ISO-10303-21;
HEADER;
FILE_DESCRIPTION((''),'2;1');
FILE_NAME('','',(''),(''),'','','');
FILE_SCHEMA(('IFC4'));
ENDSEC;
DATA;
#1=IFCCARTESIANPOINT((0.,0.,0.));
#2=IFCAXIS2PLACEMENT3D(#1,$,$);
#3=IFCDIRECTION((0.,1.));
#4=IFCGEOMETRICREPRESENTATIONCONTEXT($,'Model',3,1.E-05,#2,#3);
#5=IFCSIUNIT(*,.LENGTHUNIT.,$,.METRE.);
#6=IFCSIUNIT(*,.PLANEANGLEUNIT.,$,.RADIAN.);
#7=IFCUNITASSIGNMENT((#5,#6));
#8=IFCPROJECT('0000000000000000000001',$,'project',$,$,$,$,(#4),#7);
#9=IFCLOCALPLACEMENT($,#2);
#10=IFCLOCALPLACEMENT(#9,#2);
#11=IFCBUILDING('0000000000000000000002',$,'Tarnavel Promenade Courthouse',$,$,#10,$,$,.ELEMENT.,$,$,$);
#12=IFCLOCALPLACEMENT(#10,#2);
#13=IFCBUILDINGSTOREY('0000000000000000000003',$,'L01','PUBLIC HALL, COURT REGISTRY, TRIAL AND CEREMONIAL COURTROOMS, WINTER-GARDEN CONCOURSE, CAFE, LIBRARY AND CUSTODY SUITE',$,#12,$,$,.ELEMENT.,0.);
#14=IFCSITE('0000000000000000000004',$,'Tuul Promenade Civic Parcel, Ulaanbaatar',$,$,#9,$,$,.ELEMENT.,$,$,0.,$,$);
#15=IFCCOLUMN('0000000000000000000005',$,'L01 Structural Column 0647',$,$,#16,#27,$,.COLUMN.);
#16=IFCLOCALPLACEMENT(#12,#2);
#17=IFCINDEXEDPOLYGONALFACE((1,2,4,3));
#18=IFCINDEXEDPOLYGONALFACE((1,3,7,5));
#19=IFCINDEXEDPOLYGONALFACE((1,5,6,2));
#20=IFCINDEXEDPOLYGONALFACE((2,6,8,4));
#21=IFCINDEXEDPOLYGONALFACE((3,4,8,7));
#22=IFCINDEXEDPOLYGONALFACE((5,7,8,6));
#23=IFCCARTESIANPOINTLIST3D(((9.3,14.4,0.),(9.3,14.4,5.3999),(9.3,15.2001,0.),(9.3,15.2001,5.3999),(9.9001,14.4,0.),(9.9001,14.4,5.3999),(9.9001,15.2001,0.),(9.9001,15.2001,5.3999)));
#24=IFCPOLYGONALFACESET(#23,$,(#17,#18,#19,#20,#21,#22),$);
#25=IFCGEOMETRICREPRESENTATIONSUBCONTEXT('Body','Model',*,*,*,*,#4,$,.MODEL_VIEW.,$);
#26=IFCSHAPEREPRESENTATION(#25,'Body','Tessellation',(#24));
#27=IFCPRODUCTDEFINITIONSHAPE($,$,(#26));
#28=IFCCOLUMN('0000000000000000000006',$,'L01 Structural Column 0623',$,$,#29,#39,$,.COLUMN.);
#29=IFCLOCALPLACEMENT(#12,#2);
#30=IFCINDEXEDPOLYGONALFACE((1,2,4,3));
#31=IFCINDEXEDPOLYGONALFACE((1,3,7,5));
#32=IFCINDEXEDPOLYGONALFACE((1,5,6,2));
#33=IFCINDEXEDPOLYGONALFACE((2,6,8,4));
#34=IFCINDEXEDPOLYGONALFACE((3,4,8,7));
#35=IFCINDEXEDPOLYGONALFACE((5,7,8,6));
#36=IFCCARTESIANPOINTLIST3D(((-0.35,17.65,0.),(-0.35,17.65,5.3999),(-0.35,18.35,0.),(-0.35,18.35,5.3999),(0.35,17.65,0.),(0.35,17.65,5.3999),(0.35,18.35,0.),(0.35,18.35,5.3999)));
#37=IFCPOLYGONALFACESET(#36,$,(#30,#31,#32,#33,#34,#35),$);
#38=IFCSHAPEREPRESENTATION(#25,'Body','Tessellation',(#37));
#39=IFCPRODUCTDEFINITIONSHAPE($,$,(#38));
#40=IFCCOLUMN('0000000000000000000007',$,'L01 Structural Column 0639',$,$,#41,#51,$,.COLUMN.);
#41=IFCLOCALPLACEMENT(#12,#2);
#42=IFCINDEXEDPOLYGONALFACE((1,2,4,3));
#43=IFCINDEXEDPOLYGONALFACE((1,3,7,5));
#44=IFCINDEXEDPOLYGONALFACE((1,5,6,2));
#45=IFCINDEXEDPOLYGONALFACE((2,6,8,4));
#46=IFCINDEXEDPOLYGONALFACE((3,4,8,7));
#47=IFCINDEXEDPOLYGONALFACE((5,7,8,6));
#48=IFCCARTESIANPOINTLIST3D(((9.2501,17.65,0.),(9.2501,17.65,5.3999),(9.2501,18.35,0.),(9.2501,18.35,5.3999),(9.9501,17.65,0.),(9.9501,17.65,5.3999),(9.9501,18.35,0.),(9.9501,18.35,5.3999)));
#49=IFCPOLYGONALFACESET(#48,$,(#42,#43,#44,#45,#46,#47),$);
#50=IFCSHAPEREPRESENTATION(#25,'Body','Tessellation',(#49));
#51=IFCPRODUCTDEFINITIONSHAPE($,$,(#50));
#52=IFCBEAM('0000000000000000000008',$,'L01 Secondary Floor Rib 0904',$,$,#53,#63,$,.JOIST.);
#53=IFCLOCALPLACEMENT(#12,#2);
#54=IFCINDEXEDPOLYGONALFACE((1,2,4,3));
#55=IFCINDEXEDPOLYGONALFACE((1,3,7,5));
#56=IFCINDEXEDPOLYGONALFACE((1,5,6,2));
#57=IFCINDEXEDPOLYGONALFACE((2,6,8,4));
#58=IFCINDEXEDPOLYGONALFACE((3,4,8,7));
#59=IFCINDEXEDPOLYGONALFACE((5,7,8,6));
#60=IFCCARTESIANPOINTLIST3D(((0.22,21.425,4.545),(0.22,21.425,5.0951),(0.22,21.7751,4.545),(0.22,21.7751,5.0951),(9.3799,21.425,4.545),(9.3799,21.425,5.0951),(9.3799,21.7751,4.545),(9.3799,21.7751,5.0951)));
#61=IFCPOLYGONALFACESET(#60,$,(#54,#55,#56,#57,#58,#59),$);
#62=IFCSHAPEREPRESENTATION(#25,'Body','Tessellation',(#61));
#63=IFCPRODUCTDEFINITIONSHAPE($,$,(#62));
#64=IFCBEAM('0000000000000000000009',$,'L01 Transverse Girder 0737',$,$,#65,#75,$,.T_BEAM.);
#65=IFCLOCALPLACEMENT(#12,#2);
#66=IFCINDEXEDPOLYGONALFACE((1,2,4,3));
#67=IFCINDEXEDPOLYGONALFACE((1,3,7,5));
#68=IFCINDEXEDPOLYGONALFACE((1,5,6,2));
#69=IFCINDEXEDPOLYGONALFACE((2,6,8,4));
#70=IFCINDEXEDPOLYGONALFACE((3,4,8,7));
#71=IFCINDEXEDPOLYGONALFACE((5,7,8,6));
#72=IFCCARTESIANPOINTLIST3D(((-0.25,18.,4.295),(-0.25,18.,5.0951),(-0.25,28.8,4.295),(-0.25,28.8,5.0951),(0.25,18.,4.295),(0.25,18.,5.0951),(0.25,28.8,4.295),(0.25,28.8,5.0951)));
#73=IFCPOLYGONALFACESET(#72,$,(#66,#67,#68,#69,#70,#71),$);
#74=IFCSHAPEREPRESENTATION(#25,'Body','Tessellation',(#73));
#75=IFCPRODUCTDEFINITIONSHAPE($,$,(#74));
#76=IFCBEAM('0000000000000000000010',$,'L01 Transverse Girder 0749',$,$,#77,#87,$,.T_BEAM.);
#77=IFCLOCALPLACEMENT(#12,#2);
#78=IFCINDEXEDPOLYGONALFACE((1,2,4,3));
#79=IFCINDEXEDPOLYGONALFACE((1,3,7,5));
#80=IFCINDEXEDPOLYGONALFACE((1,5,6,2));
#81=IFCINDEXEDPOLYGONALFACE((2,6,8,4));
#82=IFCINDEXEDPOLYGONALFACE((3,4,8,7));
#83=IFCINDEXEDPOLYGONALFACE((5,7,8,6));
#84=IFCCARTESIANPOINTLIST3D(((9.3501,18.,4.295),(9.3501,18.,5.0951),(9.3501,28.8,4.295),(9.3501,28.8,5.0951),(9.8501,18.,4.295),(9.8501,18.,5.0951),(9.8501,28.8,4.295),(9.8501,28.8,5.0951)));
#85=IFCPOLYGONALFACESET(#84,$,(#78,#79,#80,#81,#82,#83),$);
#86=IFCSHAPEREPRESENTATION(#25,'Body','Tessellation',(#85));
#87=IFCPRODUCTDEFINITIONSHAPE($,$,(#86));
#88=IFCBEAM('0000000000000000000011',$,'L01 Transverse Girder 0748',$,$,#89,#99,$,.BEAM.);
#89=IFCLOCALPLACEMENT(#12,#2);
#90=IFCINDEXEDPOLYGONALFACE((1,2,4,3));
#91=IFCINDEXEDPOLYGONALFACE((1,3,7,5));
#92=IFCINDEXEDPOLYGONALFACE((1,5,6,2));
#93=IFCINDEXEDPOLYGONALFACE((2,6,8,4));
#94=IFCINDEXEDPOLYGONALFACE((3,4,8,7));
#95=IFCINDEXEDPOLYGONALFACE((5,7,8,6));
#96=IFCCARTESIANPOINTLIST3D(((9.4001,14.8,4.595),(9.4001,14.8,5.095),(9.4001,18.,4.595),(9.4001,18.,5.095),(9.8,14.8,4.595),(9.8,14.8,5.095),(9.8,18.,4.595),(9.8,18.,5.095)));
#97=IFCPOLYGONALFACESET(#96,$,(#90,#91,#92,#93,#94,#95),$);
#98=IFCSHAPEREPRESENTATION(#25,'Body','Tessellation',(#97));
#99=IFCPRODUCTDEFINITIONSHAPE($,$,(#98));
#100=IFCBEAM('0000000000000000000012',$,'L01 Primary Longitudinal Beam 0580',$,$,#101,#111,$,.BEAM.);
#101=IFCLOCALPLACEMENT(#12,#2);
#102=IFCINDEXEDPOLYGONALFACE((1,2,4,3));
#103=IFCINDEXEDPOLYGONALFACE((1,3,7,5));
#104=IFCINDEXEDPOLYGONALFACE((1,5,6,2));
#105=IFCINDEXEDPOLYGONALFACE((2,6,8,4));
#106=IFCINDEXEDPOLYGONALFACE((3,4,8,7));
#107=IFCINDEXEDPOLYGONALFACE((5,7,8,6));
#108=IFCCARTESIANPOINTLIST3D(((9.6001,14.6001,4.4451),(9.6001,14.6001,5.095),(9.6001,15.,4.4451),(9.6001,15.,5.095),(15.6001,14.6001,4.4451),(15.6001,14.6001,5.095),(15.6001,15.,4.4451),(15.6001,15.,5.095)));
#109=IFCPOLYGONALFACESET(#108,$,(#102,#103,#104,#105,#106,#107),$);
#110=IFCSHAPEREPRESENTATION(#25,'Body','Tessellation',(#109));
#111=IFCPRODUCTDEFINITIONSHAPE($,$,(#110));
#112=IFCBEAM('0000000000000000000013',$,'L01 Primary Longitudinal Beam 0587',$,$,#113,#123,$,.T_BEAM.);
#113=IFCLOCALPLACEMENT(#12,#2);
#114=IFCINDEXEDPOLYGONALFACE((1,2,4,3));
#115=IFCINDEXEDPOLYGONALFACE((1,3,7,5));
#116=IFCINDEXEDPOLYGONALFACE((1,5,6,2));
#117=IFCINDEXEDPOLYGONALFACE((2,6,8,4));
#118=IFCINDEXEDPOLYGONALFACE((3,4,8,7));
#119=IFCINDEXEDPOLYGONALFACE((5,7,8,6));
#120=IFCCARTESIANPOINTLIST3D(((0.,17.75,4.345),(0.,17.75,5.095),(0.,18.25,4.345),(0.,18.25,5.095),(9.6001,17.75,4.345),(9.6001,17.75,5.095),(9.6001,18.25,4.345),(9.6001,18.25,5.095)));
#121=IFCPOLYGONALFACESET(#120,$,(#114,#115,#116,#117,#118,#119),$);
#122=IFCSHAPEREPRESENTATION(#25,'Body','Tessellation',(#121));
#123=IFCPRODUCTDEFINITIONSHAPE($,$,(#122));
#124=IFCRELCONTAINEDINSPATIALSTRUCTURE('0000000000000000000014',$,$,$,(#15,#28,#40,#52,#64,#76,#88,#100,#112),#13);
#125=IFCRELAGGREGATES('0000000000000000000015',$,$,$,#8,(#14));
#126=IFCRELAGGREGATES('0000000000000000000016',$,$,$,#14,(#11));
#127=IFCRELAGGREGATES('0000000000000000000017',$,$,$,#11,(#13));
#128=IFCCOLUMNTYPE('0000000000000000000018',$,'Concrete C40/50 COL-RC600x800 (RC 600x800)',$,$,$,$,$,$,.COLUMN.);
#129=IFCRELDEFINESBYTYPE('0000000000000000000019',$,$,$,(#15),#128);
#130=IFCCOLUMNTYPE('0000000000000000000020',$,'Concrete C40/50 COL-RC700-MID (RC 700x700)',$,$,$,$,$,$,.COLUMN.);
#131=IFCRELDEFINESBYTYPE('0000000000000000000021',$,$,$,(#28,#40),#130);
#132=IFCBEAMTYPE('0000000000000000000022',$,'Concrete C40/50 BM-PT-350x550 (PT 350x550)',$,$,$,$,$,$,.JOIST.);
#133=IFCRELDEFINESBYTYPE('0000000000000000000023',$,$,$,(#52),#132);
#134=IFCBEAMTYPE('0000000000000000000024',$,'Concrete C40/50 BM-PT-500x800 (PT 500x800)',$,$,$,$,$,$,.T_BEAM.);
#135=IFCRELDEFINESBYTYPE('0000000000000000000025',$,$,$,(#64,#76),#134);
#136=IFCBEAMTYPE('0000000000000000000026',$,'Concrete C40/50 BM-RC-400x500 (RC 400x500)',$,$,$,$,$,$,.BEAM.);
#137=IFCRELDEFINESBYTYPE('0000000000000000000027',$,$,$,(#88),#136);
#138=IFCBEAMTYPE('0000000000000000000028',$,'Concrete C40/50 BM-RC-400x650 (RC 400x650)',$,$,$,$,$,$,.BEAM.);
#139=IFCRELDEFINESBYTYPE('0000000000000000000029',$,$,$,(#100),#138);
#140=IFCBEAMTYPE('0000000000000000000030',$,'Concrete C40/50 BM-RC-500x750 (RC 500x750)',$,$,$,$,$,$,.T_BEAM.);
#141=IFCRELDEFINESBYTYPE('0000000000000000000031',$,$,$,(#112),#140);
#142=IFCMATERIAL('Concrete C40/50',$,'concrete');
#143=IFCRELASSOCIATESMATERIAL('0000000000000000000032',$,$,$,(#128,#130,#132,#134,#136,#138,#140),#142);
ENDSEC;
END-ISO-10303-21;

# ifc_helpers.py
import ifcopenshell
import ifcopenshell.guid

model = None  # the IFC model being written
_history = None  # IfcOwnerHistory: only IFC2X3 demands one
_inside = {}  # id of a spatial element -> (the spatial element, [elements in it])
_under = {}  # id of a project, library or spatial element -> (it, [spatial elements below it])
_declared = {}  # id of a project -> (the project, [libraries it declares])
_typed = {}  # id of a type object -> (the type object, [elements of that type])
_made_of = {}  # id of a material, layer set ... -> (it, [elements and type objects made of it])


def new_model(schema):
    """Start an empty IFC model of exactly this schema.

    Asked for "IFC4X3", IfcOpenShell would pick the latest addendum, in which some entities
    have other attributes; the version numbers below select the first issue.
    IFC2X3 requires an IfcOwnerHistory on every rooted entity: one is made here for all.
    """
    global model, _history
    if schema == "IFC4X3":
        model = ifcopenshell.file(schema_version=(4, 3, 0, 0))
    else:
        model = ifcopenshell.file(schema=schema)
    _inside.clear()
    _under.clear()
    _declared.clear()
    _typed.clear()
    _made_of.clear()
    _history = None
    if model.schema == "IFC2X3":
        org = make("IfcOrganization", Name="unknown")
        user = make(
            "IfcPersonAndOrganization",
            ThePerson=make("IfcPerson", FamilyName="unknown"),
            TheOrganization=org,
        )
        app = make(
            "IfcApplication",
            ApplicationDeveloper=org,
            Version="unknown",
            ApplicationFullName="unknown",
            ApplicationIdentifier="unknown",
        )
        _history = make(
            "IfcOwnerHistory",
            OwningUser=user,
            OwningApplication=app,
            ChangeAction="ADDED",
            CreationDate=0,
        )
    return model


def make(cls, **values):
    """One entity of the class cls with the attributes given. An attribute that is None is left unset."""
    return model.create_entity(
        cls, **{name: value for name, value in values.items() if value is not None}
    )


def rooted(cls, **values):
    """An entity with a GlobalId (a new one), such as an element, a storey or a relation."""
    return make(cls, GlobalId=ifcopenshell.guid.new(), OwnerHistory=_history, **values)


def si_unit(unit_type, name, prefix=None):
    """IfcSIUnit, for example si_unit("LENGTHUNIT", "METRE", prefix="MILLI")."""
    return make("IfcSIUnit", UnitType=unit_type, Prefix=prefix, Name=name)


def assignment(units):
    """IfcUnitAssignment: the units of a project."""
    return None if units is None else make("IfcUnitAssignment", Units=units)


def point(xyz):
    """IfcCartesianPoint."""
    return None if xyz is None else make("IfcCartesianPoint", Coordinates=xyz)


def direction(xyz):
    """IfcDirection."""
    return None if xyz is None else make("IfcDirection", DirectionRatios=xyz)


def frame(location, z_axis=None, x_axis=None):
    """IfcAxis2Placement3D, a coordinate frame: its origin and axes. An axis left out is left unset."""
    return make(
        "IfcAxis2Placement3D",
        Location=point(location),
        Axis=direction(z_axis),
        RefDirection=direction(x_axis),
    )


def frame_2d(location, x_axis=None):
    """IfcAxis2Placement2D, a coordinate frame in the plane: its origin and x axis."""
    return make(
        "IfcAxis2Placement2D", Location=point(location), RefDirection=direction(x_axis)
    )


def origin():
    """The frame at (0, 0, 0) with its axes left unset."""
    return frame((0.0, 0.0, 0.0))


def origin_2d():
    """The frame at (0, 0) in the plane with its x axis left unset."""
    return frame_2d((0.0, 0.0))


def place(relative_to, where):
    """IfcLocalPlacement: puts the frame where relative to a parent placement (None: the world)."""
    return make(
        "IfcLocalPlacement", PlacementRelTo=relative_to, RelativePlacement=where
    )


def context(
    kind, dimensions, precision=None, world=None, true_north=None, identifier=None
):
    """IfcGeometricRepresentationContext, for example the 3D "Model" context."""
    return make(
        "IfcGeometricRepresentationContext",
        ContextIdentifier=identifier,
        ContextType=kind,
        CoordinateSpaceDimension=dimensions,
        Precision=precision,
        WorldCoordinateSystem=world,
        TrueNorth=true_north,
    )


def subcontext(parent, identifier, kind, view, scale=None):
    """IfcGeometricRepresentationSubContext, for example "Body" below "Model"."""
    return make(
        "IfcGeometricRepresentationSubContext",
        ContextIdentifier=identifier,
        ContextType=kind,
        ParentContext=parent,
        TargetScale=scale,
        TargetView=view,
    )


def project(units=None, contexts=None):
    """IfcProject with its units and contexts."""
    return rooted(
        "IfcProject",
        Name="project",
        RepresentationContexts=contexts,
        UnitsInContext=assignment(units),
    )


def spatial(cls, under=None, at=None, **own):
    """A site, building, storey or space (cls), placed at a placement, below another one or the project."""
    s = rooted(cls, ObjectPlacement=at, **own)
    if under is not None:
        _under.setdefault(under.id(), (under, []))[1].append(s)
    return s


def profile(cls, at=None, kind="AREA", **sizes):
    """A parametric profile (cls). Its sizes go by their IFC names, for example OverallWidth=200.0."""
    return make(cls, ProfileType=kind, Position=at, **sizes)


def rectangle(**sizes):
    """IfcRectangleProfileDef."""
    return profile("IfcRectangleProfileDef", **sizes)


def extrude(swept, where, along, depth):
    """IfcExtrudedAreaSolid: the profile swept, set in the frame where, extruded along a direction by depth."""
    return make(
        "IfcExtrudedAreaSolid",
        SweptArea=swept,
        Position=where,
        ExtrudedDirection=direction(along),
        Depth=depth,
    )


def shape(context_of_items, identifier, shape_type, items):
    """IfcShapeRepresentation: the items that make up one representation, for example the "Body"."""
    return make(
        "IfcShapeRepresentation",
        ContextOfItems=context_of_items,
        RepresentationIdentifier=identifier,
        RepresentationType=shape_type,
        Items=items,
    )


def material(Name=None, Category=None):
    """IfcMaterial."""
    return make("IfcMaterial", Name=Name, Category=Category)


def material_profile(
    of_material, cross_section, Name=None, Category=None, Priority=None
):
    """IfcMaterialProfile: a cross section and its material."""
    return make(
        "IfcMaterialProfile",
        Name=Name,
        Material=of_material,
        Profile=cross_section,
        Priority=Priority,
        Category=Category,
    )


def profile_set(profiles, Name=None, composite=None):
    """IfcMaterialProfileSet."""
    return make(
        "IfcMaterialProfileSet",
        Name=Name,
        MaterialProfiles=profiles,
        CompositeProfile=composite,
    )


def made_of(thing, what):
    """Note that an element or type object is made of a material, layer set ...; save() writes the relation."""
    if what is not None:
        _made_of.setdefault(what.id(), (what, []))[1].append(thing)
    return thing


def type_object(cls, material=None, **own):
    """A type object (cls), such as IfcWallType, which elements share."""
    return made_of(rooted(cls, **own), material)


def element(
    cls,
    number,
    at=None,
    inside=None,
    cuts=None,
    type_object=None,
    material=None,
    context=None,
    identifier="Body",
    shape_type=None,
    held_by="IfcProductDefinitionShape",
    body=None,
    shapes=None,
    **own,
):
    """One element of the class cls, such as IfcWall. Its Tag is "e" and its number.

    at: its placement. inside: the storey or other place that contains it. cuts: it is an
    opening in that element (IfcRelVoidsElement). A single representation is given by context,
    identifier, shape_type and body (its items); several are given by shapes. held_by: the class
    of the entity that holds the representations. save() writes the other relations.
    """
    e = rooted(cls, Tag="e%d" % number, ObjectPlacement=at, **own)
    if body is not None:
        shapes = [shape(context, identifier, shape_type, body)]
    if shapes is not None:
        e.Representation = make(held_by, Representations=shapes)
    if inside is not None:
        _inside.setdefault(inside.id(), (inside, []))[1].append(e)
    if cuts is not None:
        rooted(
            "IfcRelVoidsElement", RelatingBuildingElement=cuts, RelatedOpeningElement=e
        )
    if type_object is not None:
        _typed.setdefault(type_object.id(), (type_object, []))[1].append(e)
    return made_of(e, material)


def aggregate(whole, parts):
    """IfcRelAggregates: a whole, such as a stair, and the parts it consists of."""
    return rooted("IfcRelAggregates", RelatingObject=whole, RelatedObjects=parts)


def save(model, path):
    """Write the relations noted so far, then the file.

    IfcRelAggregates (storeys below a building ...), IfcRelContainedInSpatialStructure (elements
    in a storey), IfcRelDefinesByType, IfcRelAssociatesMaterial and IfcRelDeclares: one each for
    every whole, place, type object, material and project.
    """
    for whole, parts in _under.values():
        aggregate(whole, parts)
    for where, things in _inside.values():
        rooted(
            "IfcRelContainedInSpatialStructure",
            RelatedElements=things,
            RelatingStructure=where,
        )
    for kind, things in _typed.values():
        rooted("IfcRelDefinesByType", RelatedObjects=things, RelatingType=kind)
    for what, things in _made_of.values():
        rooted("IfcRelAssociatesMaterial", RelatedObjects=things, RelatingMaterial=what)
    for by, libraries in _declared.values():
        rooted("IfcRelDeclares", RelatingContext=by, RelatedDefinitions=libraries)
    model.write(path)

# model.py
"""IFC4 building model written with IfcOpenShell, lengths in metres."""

from ifc_helpers import new_model, si_unit, direction, frame, origin, origin_2d, place, context, subcontext, project, spatial, rectangle, extrude, material, material_profile, profile_set, type_object, element, save


model = new_model("IFC4")

# Units and contexts
model_context = context("Model", 3, precision=1e-05, world=origin(), true_north=direction((0.0, 1.0)))
body_context = subcontext(model_context, "Body", "Model", "MODEL_VIEW")
ifc_project = project(units=[si_unit("LENGTHUNIT", "METRE"), si_unit("PLANEANGLEUNIT", "RADIAN")], contexts=[model_context])

# Site, building, storey
site_placement = place(None, origin())
site = spatial("IfcSite", under=ifc_project, at=site_placement, Name="Tuul Promenade Civic Parcel, Ulaanbaatar", CompositionType="ELEMENT", RefElevation=0.0)
building_placement = place(site_placement, origin())
building = spatial("IfcBuilding", under=site, at=building_placement, Name="Tarnavel Promenade Courthouse", CompositionType="ELEMENT")
storey_placement = place(building_placement, origin())
storey = spatial("IfcBuildingStorey", under=building, at=storey_placement, Name="L01", Description="PUBLIC HALL, COURT REGISTRY, TRIAL AND CEREMONIAL COURTROOMS, WINTER-GARDEN CONCOURSE, CAFE, LIBRARY AND CUSTODY SUITE", CompositionType="ELEMENT", Elevation=0.0)

# Columns
ifc_material_1 = material(Name="Concrete C40/50", Category="concrete")
ifc_material_profile_1 = material_profile(ifc_material_1, rectangle(XDim=0.6001, YDim=0.8, at=origin_2d()), Name="RC 600x800")
ifc_profile_set_1 = profile_set([ifc_material_profile_1], Name="Concrete C40/50")
column_type_1 = type_object("IfcColumnType", Name="Concrete C40/50 COL-RC600x800 (RC 600x800)", PredefinedType="COLUMN", material=ifc_profile_set_1)
column_placement = place(storey_placement, frame((9.6001, 14.8, 0.0), z_axis=(0.0, 0.0, 1.0), x_axis=(1.0, 0.0, 0.0)))
element("IfcColumn", 1, at=column_placement, inside=storey, type_object=column_type_1, Name="L01 Structural Column 0647", PredefinedType="COLUMN", context=body_context, shape_type="SweptSolid", body=[
    extrude(rectangle(XDim=0.6001, YDim=0.8, at=origin_2d()), origin(), (0.0, 0.0, 1.0), 5.3999),
])
ifc_material_profile_2 = material_profile(ifc_material_1, rectangle(XDim=0.7, YDim=0.7, at=origin_2d()), Name="RC 700x700")
ifc_profile_set_2 = profile_set([ifc_material_profile_2], Name="Concrete C40/50")
column_type_2 = type_object("IfcColumnType", Name="Concrete C40/50 COL-RC700-MID (RC 700x700)", PredefinedType="COLUMN", material=ifc_profile_set_2)
for number, where, z_axis, x_axis, name in (
    (2, (0.0, 18.0, 0.0), (0.0, 0.0, 1.0), (1.0, 0.0, 0.0), "L01 Structural Column 0623"),
    (3, (9.6001, 18.0, 0.0), (0.0, 0.0, 1.0), (1.0, 0.0, 0.0), "L01 Structural Column 0639"),
):
    element("IfcColumn", number, at=place(storey_placement, frame(where, z_axis=z_axis, x_axis=x_axis)), inside=storey, type_object=column_type_2, Name=name, PredefinedType="COLUMN", context=body_context, shape_type="SweptSolid", body=[
        extrude(rectangle(XDim=0.7, YDim=0.7, at=origin_2d()), origin(), (0.0, 0.0, 1.0), 5.3999),
    ])

# Beams
ifc_material_profile_3 = material_profile(ifc_material_1, rectangle(XDim=0.3501, YDim=0.55, at=origin_2d()), Name="PT 350x550")
ifc_profile_set_3 = profile_set([ifc_material_profile_3], Name="Concrete C40/50")
beam_type_1 = type_object("IfcBeamType", Name="Concrete C40/50 BM-PT-350x550 (PT 350x550)", PredefinedType="JOIST", material=ifc_profile_set_3)
beam_1_placement = place(storey_placement, frame((0.22, 21.6001, 4.8201), z_axis=(1.0, 0.0, 0.0), x_axis=(0.0, 1.0, 0.0)))
element("IfcBeam", 4, at=beam_1_placement, inside=storey, type_object=beam_type_1, Name="L01 Secondary Floor Rib 0904", PredefinedType="JOIST", context=body_context, shape_type="SweptSolid", body=[
    extrude(rectangle(XDim=0.3501, YDim=0.55, at=origin_2d()), origin(), (0.0, 0.0, 1.0), 9.1599),
])
ifc_material_profile_4 = material_profile(ifc_material_1, rectangle(XDim=0.5, YDim=0.8, at=origin_2d()), Name="PT 500x800")
ifc_profile_set_4 = profile_set([ifc_material_profile_4], Name="Concrete C40/50")
beam_type_2 = type_object("IfcBeamType", Name="Concrete C40/50 BM-PT-500x800 (PT 500x800)", PredefinedType="T_BEAM", material=ifc_profile_set_4)
for number, where, z_axis, x_axis, name in (
    (5, (0.0, 18.0, 4.6951), (0.0, 1.0, 0.0), (-1.0, 0.0, 0.0), "L01 Transverse Girder 0737"),
    (6, (9.6001, 18.0, 4.6951), (0.0, 1.0, 0.0), (-1.0, 0.0, 0.0), "L01 Transverse Girder 0749"),
):
    element("IfcBeam", number, at=place(storey_placement, frame(where, z_axis=z_axis, x_axis=x_axis)), inside=storey, type_object=beam_type_2, Name=name, PredefinedType="T_BEAM", context=body_context, shape_type="SweptSolid", body=[
        extrude(rectangle(XDim=0.5, YDim=0.8, at=origin_2d()), origin(), (0.0, 0.0, 1.0), 10.8),
    ])
ifc_material_profile_5 = material_profile(ifc_material_1, rectangle(XDim=0.3999, YDim=0.5, at=origin_2d()), Name="RC 400x500")
ifc_profile_set_5 = profile_set([ifc_material_profile_5], Name="Concrete C40/50")
beam_type_3 = type_object("IfcBeamType", Name="Concrete C40/50 BM-RC-400x500 (RC 400x500)", PredefinedType="BEAM", material=ifc_profile_set_5)
beam_2_placement = place(storey_placement, frame((9.6001, 14.8, 4.845), z_axis=(0.0, 1.0, 0.0), x_axis=(-1.0, 0.0, 0.0)))
element("IfcBeam", 7, at=beam_2_placement, inside=storey, type_object=beam_type_3, Name="L01 Transverse Girder 0748", PredefinedType="BEAM", context=body_context, shape_type="SweptSolid", body=[
    extrude(rectangle(XDim=0.3999, YDim=0.5, at=origin_2d()), origin(), (0.0, 0.0, 1.0), 3.2),
])
ifc_material_profile_6 = material_profile(ifc_material_1, rectangle(XDim=0.3999, YDim=0.6499, at=origin_2d()), Name="RC 400x650")
ifc_profile_set_6 = profile_set([ifc_material_profile_6], Name="Concrete C40/50")
beam_type_4 = type_object("IfcBeamType", Name="Concrete C40/50 BM-RC-400x650 (RC 400x650)", PredefinedType="BEAM", material=ifc_profile_set_6)
beam_3_placement = place(storey_placement, frame((9.6001, 14.8, 4.77), z_axis=(1.0, 0.0, 0.0), x_axis=(0.0, 1.0, 0.0)))
element("IfcBeam", 8, at=beam_3_placement, inside=storey, type_object=beam_type_4, Name="L01 Primary Longitudinal Beam 0580", PredefinedType="BEAM", context=body_context, shape_type="SweptSolid", body=[
    extrude(rectangle(XDim=0.3999, YDim=0.6499, at=origin_2d()), origin(), (0.0, 0.0, 1.0), 6.0),
])
ifc_material_profile_7 = material_profile(ifc_material_1, rectangle(XDim=0.5, YDim=0.75, at=origin_2d()), Name="RC 500x750")
ifc_profile_set_7 = profile_set([ifc_material_profile_7], Name="Concrete C40/50")
beam_type_5 = type_object("IfcBeamType", Name="Concrete C40/50 BM-RC-500x750 (RC 500x750)", PredefinedType="T_BEAM", material=ifc_profile_set_7)
beam_4_placement = place(storey_placement, frame((0.0, 18.0, 4.72), z_axis=(1.0, 0.0, 0.0), x_axis=(0.0, 1.0, 0.0)))
element("IfcBeam", 9, at=beam_4_placement, inside=storey, type_object=beam_type_5, Name="L01 Primary Longitudinal Beam 0587", PredefinedType="T_BEAM", context=body_context, shape_type="SweptSolid", body=[
    extrude(rectangle(XDim=0.5, YDim=0.75, at=origin_2d()), origin(), (0.0, 0.0, 1.0), 9.6001),
])

save(model, "model.ifc")
